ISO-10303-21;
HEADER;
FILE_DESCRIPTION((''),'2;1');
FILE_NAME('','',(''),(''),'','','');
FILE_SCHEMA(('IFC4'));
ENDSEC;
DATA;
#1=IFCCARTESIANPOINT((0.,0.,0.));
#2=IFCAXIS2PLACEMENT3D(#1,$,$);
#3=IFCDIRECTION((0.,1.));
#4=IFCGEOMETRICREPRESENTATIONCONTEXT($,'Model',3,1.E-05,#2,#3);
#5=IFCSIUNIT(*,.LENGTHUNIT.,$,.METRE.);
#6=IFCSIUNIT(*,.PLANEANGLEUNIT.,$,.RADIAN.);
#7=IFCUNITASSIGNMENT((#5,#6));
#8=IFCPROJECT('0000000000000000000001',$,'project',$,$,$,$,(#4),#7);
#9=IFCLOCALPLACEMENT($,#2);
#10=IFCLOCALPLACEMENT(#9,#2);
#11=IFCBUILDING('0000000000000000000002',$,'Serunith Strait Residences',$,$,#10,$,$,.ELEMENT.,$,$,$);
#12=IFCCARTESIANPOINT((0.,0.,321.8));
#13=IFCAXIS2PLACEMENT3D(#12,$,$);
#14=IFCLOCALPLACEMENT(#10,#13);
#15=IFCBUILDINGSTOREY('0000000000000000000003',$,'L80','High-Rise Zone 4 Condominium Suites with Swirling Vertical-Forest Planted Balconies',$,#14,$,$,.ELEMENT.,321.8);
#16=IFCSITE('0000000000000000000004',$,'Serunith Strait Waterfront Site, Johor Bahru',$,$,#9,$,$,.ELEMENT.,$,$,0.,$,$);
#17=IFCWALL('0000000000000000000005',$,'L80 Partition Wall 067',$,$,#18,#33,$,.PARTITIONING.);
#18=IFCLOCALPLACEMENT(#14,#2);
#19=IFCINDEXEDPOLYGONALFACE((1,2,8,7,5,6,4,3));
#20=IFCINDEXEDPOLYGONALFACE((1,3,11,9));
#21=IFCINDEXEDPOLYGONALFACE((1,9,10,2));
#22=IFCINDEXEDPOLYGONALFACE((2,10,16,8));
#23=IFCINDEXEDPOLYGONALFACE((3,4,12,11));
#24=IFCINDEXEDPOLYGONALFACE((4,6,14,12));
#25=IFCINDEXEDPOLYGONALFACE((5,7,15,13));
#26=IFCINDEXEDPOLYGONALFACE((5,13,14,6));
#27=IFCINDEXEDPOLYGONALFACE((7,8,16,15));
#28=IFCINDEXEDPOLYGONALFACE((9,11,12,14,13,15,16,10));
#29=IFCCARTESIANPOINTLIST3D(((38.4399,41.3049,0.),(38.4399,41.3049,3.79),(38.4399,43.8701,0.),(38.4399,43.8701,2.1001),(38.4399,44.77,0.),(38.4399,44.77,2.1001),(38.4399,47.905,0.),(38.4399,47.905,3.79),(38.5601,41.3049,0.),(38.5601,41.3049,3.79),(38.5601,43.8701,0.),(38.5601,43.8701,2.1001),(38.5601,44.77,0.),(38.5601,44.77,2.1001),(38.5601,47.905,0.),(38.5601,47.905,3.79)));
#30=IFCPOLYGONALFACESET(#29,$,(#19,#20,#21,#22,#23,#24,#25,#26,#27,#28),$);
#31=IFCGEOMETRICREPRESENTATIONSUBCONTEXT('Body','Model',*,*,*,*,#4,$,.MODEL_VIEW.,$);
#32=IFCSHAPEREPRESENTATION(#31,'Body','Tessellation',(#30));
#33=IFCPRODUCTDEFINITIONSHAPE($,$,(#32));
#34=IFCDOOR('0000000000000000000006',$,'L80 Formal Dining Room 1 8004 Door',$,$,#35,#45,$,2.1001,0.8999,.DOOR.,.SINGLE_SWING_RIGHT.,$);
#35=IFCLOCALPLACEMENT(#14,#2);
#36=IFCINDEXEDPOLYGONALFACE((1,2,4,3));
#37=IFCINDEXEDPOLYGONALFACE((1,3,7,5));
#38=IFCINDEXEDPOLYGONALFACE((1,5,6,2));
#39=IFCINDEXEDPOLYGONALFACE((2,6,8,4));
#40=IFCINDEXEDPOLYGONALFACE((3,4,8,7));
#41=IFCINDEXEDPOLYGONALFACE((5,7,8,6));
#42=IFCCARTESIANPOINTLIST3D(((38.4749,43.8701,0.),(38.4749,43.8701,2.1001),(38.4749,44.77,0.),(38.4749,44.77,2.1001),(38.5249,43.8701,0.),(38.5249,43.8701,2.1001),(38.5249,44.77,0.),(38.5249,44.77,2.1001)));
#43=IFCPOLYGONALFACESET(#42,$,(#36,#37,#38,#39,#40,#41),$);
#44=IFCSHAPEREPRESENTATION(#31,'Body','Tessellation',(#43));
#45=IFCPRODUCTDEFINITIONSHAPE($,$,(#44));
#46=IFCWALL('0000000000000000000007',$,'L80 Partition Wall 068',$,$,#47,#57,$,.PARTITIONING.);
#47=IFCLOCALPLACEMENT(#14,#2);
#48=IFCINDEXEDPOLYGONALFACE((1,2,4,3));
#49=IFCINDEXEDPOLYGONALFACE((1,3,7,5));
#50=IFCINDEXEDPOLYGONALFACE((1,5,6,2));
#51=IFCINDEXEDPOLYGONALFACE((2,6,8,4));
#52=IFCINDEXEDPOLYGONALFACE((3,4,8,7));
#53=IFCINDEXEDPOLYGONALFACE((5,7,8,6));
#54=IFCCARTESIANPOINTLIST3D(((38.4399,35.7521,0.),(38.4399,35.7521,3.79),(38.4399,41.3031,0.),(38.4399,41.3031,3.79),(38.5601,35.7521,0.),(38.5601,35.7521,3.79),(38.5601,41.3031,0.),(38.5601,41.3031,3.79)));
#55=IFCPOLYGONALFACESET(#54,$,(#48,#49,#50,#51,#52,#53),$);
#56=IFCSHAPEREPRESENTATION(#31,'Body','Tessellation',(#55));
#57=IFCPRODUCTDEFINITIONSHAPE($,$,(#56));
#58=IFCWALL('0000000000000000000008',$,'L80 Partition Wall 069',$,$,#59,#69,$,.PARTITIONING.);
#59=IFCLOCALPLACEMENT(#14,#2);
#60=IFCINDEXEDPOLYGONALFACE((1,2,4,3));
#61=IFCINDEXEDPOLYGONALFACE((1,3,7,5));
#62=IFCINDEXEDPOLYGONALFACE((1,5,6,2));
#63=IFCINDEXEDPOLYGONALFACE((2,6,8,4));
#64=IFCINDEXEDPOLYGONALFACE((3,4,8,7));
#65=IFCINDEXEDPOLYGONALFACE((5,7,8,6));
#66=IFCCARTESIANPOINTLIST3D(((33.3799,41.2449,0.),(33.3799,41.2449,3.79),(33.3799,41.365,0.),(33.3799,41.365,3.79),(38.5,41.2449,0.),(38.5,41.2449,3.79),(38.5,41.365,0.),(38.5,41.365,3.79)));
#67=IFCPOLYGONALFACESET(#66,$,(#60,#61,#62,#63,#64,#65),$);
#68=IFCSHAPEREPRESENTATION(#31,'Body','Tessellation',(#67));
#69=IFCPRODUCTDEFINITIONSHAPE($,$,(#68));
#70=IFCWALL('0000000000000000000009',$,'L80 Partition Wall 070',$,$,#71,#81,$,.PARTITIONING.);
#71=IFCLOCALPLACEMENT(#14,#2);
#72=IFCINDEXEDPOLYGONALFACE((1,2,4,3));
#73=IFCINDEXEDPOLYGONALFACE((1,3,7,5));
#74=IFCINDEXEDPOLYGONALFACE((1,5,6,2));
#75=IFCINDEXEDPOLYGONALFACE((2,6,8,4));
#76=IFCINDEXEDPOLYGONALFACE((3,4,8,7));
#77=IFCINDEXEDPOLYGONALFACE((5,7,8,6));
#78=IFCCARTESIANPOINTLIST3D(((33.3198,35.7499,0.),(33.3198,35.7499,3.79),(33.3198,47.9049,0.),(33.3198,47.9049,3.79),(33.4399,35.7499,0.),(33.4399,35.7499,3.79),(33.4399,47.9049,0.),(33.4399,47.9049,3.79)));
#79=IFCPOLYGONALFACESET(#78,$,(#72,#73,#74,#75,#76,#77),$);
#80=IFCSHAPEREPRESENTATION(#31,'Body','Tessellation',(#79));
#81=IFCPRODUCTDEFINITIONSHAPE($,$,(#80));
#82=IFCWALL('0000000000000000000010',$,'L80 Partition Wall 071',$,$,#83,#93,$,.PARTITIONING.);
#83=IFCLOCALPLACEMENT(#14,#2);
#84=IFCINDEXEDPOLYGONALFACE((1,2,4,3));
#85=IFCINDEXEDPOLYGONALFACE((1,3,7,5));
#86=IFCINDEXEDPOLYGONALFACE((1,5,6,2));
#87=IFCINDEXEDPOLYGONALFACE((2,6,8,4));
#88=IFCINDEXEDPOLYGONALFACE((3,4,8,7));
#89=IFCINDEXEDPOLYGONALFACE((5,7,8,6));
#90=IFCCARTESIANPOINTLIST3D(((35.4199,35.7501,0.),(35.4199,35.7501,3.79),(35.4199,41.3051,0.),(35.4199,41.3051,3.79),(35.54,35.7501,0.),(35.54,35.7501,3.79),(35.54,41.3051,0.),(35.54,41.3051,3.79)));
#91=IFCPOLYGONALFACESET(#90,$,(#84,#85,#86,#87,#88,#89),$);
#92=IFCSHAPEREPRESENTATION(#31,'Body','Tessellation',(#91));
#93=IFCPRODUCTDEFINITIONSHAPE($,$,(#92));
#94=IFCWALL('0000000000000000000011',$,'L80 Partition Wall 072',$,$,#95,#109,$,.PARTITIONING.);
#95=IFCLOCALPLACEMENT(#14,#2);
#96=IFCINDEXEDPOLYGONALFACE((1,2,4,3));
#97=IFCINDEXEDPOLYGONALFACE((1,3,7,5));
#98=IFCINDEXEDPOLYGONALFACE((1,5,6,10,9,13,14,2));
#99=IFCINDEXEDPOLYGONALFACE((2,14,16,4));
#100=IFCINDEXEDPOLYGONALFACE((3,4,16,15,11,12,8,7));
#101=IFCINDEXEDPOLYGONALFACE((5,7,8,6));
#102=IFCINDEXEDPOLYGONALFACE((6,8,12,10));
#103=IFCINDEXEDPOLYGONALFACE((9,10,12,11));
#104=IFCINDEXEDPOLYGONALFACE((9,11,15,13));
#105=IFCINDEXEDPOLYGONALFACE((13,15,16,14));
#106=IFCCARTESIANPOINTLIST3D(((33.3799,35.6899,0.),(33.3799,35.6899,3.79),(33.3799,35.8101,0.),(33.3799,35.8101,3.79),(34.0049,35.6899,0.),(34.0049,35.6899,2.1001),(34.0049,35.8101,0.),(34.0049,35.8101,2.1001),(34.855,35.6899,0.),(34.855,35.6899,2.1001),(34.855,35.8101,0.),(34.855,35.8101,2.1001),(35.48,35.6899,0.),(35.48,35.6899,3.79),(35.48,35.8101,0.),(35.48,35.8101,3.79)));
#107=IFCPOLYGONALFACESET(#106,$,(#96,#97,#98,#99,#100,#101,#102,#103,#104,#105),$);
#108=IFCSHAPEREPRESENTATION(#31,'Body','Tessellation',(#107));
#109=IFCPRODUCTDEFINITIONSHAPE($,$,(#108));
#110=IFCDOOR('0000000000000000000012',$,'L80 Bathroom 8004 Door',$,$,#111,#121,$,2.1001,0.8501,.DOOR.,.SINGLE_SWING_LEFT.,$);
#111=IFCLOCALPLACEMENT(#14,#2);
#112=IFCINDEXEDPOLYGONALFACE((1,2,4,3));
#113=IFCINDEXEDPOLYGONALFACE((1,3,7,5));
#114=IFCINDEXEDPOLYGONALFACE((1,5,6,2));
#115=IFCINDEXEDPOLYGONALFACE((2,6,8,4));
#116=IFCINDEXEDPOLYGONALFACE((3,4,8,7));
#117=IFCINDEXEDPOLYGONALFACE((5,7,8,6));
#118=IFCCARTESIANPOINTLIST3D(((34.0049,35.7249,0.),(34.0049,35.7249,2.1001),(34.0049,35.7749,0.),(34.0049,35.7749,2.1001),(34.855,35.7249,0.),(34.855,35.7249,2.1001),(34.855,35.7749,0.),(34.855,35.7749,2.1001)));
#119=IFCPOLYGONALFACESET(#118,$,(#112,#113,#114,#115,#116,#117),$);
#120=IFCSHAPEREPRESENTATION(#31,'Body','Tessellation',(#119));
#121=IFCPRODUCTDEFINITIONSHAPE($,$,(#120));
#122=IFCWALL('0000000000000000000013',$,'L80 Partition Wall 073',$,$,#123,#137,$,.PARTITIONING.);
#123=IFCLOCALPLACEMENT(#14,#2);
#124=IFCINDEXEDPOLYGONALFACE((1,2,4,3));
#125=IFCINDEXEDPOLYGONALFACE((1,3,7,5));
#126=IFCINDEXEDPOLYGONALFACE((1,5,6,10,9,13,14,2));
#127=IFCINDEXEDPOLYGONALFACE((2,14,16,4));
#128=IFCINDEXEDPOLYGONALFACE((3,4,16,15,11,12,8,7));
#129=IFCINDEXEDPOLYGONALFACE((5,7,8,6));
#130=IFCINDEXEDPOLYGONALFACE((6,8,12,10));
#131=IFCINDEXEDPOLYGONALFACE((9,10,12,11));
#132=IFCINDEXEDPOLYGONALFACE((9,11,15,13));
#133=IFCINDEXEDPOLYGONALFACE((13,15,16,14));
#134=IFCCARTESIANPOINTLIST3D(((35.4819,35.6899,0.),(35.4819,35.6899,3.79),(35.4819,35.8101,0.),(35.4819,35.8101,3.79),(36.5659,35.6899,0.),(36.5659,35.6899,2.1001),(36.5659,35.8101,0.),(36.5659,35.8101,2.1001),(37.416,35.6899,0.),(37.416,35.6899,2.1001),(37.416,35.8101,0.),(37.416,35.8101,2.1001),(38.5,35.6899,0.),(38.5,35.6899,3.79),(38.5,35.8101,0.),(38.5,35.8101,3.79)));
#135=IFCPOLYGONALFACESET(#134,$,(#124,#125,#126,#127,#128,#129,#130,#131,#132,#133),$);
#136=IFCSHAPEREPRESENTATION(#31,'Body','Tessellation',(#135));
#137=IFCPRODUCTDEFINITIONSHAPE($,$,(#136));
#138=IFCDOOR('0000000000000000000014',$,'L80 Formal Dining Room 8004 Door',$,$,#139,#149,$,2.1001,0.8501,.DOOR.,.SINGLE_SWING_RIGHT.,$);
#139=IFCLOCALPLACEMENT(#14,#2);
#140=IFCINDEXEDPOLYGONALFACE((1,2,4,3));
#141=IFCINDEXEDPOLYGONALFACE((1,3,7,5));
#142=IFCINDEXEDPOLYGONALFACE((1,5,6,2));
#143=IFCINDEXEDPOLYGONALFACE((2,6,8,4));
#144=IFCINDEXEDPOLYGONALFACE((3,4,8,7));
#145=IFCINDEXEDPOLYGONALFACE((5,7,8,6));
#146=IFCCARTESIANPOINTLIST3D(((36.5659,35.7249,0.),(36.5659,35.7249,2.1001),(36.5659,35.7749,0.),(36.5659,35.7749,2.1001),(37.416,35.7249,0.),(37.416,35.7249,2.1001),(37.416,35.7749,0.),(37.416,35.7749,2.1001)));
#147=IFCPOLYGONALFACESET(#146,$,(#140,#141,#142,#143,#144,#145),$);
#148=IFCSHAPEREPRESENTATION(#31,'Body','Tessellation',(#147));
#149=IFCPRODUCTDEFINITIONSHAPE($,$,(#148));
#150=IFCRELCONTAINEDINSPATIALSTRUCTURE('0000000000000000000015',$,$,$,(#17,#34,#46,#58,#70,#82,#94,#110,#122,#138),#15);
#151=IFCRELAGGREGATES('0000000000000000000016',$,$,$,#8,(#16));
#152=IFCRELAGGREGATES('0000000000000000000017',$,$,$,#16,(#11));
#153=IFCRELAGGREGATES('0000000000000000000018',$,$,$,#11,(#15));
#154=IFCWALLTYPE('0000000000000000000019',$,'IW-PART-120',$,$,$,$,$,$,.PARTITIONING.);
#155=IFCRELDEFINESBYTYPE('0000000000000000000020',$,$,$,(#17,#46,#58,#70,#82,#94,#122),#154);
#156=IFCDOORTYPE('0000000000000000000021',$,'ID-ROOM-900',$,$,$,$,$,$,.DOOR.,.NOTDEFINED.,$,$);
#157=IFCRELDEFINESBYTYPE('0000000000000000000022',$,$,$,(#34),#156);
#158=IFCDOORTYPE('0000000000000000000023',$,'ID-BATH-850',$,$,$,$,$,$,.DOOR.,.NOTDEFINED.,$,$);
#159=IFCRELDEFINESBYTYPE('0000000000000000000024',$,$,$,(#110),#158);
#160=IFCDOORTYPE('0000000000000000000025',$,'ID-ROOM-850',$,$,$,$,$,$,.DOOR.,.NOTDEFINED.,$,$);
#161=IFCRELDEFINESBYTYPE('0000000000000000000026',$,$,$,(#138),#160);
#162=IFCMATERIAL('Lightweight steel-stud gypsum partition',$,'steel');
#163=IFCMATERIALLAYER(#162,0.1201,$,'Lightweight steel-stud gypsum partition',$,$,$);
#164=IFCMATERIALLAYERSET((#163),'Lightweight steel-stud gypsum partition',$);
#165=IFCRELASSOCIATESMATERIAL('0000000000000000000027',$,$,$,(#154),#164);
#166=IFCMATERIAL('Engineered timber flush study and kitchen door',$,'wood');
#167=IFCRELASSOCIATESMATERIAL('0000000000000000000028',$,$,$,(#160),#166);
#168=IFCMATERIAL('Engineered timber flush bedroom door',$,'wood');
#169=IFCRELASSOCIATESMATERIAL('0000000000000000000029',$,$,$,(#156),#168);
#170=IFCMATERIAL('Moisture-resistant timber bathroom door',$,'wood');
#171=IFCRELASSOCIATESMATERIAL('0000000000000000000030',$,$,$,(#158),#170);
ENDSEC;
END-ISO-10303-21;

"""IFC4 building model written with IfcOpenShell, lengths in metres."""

from ifc_helpers import new_model, si_unit, direction, frame, frame_2d, origin, place, context, subcontext, project, spatial, rectangle, extrude, source, transform, mapped, material, layer, layer_set, type_object, element, fill, save


model = new_model("IFC4")

# Units and contexts
model_context = context("Model", 3, precision=1e-05, world=origin(), true_north=direction((0.0, 1.0)))
body_context = subcontext(model_context, "Body", "Model", "MODEL_VIEW")
ifc_project = project(units=[si_unit("LENGTHUNIT", "METRE"), si_unit("PLANEANGLEUNIT", "RADIAN")], contexts=[model_context])

# Site, building, storey
site_placement = place(None, origin())
site = spatial("IfcSite", under=ifc_project, at=site_placement, Name="Serunith Strait Waterfront Site, Johor Bahru", CompositionType="ELEMENT", RefElevation=0.0)
building_placement = place(site_placement, origin())
building = spatial("IfcBuilding", under=site, at=building_placement, Name="Serunith Strait Residences", CompositionType="ELEMENT")
storey_placement = place(building_placement, frame((0.0, 0.0, 321.8)))
storey = spatial("IfcBuildingStorey", under=building, at=storey_placement, Name="L80", Description="High-Rise Zone 4 Condominium Suites with Swirling Vertical-Forest Planted Balconies", CompositionType="ELEMENT", Elevation=321.8)

# Shared definitions
ifc_material_1 = material(Name="Lightweight steel-stud gypsum partition", Category="steel")
ifc_layer_1 = layer(ifc_material_1, 0.1201, Name="Lightweight steel-stud gypsum partition")
ifc_layer_set_1 = layer_set([ifc_layer_1], Name="Lightweight steel-stud gypsum partition")
wall_type = type_object("IfcWallType", Name="IW-PART-120", PredefinedType="PARTITIONING", material=ifc_layer_set_1)
ifc_material_2 = material(Name="Engineered timber flush study and kitchen door", Category="wood")
door_type_1 = type_object("IfcDoorType", Name="ID-ROOM-850", OperationType="NOTDEFINED", PredefinedType="DOOR", material=ifc_material_2)
shared_shape_1 = source(origin(), body_context, "Body", "SweptSolid", [
    extrude(rectangle(XDim=0.8501, YDim=2.1001, at=frame_2d((0.425, 1.05))), frame((0.0, 0.0249, 0.0), z_axis=(0.0, -1.0, 0.0), x_axis=(1.0, 0.0, 0.0)), (0.0, 0.0, 1.0), 0.05),
])

# Wall, opening, door
ifc_material_3 = material(Name="Engineered timber flush bedroom door", Category="wood")
door_type_2 = type_object("IfcDoorType", Name="ID-ROOM-900", OperationType="NOTDEFINED", PredefinedType="DOOR", material=ifc_material_3)
shared_shape_2 = source(origin(), body_context, "Body", "SweptSolid", [
    extrude(rectangle(XDim=0.8999, YDim=2.1001, at=frame_2d((0.45, 1.05))), frame((0.0, 0.0249, 0.0), z_axis=(0.0, -1.0, 0.0), x_axis=(1.0, 0.0, 0.0)), (0.0, 0.0, 1.0), 0.05),
])
wall_1_placement = place(storey_placement, frame((38.5, 47.905, 0.0), z_axis=(0.0, 0.0, 1.0), x_axis=(0.0, -1.0, 0.0)))
wall_1 = element("IfcWall", 1, at=wall_1_placement, inside=storey, type_object=wall_type, Name="L80 Partition Wall 067", PredefinedType="PARTITIONING", context=body_context, shape_type="SweptSolid", body=[
    extrude(rectangle(XDim=6.6001, YDim=0.1201, at=frame_2d((3.3, 0.0))), origin(), (0.0, 0.0, 1.0), 3.79),
])
opening_1_placement = place(wall_1_placement, frame((3.135, 0.0, 0.0)))
opening_1 = element("IfcOpeningElement", 2, at=opening_1_placement, cuts=wall_1, PredefinedType="OPENING", context=body_context, shape_type="SweptSolid", body=[
    extrude(rectangle(XDim=0.8999, YDim=2.1001, at=frame_2d((0.45, 1.05))), frame((0.0, 0.0701, 0.0), z_axis=(0.0, -1.0, 0.0), x_axis=(1.0, 0.0, 0.0)), (0.0, 0.0, 1.0), 0.1401),
])
door_1_placement = place(opening_1_placement, origin())
door_1 = element("IfcDoor", 3, at=door_1_placement, inside=storey, type_object=door_type_2, Name="L80 Formal Dining Room 1 8004 Door", OperationType="SINGLE_SWING_RIGHT", OverallHeight=2.1001, OverallWidth=0.8999, PredefinedType="DOOR", context=body_context, shape_type="MappedRepresentation", body=[
    mapped(shared_shape_2, transform((0.0, 0.0, 0.0), scale=1.0)),
])
fill(opening_1, door_1)

# Walls
wall_2_placement = place(storey_placement, frame((38.5, 41.303, 0.0), z_axis=(0.0, 0.0, 1.0), x_axis=(0.0, -1.0, 0.0)))
element("IfcWall", 4, at=wall_2_placement, inside=storey, type_object=wall_type, Name="L80 Partition Wall 068", PredefinedType="PARTITIONING", context=body_context, shape_type="SweptSolid", body=[
    extrude(rectangle(XDim=5.551, YDim=0.1201, at=frame_2d((2.7754, 0.0))), origin(), (0.0, 0.0, 1.0), 3.79),
])
wall_3_placement = place(storey_placement, frame((33.3799, 41.3049, 0.0), z_axis=(0.0, 0.0, 1.0), x_axis=(1.0, 0.0, 0.0)))
element("IfcWall", 5, at=wall_3_placement, inside=storey, type_object=wall_type, Name="L80 Partition Wall 069", PredefinedType="PARTITIONING", context=body_context, shape_type="SweptSolid", body=[
    extrude(rectangle(XDim=5.1201, YDim=0.1201, at=frame_2d((2.5601, 0.0))), origin(), (0.0, 0.0, 1.0), 3.79),
])
wall_4_placement = place(storey_placement, frame((33.3799, 47.905, 0.0), z_axis=(0.0, 0.0, 1.0), x_axis=(0.0, -1.0, 0.0)))
element("IfcWall", 6, at=wall_4_placement, inside=storey, type_object=wall_type, Name="L80 Partition Wall 070", PredefinedType="PARTITIONING", context=body_context, shape_type="SweptSolid", body=[
    extrude(rectangle(XDim=12.155, YDim=0.1201, at=frame_2d((6.0776, 0.0))), origin(), (0.0, 0.0, 1.0), 3.79),
])
wall_5_placement = place(storey_placement, frame((35.48, 41.3049, 0.0), z_axis=(0.0, 0.0, 1.0), x_axis=(0.0, -1.0, 0.0)))
element("IfcWall", 7, at=wall_5_placement, inside=storey, type_object=wall_type, Name="L80 Partition Wall 071", PredefinedType="PARTITIONING", context=body_context, shape_type="SweptSolid", body=[
    extrude(rectangle(XDim=5.5549, YDim=0.1201, at=frame_2d((2.7773, 0.0))), origin(), (0.0, 0.0, 1.0), 3.79),
])

# Walls, openings, doors
wall_6_placement = place(storey_placement, frame((33.3799, 35.75, 0.0), z_axis=(0.0, 0.0, 1.0), x_axis=(1.0, 0.0, 0.0)))
wall_6 = element("IfcWall", 8, at=wall_6_placement, inside=storey, type_object=wall_type, Name="L80 Partition Wall 072", PredefinedType="PARTITIONING", context=body_context, shape_type="SweptSolid", body=[
    extrude(rectangle(XDim=2.1001, YDim=0.1201, at=frame_2d((1.05, 0.0))), origin(), (0.0, 0.0, 1.0), 3.79),
])
opening_2_placement = place(wall_6_placement, frame((0.625, 0.0, 0.0)))
opening_2 = element("IfcOpeningElement", 9, at=opening_2_placement, cuts=wall_6, PredefinedType="OPENING", context=body_context, shape_type="SweptSolid", body=[
    extrude(rectangle(XDim=0.8501, YDim=2.1001, at=frame_2d((0.425, 1.05))), frame((0.0, 0.0701, 0.0), z_axis=(0.0, -1.0, 0.0), x_axis=(1.0, 0.0, 0.0)), (0.0, 0.0, 1.0), 0.1401),
])
ifc_material_4 = material(Name="Moisture-resistant timber bathroom door", Category="wood")
door_type_3 = type_object("IfcDoorType", Name="ID-BATH-850", OperationType="NOTDEFINED", PredefinedType="DOOR", material=ifc_material_4)
door_2_placement = place(opening_2_placement, origin())
door_2 = element("IfcDoor", 10, at=door_2_placement, inside=storey, type_object=door_type_3, Name="L80 Bathroom 8004 Door", OperationType="SINGLE_SWING_LEFT", OverallHeight=2.1001, OverallWidth=0.8501, PredefinedType="DOOR", context=body_context, shape_type="MappedRepresentation", body=[
    mapped(shared_shape_1, transform((0.0, 0.0, 0.0), scale=1.0)),
])
fill(opening_2, door_2)
wall_7_placement = place(storey_placement, frame((35.4819, 35.75, 0.0), z_axis=(0.0, 0.0, 1.0), x_axis=(1.0, 0.0, 0.0)))
wall_7 = element("IfcWall", 11, at=wall_7_placement, inside=storey, type_object=wall_type, Name="L80 Partition Wall 073", PredefinedType="PARTITIONING", context=body_context, shape_type="SweptSolid", body=[
    extrude(rectangle(XDim=3.0181, YDim=0.1201, at=frame_2d((1.509, 0.0))), origin(), (0.0, 0.0, 1.0), 3.79),
])
opening_3_placement = place(wall_7_placement, frame((1.084, 0.0, 0.0)))
opening_3 = element("IfcOpeningElement", 12, at=opening_3_placement, cuts=wall_7, PredefinedType="OPENING", context=body_context, shape_type="SweptSolid", body=[
    extrude(rectangle(XDim=0.8501, YDim=2.1001, at=frame_2d((0.425, 1.05))), frame((0.0, 0.0701, 0.0), z_axis=(0.0, -1.0, 0.0), x_axis=(1.0, 0.0, 0.0)), (0.0, 0.0, 1.0), 0.1401),
])
door_3_placement = place(opening_3_placement, origin())
door_3 = element("IfcDoor", 13, at=door_3_placement, inside=storey, type_object=door_type_1, Name="L80 Formal Dining Room 8004 Door", OperationType="SINGLE_SWING_RIGHT", OverallHeight=2.1001, OverallWidth=0.8501, PredefinedType="DOOR", context=body_context, shape_type="MappedRepresentation", body=[
    mapped(shared_shape_1, transform((0.0, 0.0, 0.0), scale=1.0)),
])
fill(opening_3, door_3)

save(model, "model.ifc")
